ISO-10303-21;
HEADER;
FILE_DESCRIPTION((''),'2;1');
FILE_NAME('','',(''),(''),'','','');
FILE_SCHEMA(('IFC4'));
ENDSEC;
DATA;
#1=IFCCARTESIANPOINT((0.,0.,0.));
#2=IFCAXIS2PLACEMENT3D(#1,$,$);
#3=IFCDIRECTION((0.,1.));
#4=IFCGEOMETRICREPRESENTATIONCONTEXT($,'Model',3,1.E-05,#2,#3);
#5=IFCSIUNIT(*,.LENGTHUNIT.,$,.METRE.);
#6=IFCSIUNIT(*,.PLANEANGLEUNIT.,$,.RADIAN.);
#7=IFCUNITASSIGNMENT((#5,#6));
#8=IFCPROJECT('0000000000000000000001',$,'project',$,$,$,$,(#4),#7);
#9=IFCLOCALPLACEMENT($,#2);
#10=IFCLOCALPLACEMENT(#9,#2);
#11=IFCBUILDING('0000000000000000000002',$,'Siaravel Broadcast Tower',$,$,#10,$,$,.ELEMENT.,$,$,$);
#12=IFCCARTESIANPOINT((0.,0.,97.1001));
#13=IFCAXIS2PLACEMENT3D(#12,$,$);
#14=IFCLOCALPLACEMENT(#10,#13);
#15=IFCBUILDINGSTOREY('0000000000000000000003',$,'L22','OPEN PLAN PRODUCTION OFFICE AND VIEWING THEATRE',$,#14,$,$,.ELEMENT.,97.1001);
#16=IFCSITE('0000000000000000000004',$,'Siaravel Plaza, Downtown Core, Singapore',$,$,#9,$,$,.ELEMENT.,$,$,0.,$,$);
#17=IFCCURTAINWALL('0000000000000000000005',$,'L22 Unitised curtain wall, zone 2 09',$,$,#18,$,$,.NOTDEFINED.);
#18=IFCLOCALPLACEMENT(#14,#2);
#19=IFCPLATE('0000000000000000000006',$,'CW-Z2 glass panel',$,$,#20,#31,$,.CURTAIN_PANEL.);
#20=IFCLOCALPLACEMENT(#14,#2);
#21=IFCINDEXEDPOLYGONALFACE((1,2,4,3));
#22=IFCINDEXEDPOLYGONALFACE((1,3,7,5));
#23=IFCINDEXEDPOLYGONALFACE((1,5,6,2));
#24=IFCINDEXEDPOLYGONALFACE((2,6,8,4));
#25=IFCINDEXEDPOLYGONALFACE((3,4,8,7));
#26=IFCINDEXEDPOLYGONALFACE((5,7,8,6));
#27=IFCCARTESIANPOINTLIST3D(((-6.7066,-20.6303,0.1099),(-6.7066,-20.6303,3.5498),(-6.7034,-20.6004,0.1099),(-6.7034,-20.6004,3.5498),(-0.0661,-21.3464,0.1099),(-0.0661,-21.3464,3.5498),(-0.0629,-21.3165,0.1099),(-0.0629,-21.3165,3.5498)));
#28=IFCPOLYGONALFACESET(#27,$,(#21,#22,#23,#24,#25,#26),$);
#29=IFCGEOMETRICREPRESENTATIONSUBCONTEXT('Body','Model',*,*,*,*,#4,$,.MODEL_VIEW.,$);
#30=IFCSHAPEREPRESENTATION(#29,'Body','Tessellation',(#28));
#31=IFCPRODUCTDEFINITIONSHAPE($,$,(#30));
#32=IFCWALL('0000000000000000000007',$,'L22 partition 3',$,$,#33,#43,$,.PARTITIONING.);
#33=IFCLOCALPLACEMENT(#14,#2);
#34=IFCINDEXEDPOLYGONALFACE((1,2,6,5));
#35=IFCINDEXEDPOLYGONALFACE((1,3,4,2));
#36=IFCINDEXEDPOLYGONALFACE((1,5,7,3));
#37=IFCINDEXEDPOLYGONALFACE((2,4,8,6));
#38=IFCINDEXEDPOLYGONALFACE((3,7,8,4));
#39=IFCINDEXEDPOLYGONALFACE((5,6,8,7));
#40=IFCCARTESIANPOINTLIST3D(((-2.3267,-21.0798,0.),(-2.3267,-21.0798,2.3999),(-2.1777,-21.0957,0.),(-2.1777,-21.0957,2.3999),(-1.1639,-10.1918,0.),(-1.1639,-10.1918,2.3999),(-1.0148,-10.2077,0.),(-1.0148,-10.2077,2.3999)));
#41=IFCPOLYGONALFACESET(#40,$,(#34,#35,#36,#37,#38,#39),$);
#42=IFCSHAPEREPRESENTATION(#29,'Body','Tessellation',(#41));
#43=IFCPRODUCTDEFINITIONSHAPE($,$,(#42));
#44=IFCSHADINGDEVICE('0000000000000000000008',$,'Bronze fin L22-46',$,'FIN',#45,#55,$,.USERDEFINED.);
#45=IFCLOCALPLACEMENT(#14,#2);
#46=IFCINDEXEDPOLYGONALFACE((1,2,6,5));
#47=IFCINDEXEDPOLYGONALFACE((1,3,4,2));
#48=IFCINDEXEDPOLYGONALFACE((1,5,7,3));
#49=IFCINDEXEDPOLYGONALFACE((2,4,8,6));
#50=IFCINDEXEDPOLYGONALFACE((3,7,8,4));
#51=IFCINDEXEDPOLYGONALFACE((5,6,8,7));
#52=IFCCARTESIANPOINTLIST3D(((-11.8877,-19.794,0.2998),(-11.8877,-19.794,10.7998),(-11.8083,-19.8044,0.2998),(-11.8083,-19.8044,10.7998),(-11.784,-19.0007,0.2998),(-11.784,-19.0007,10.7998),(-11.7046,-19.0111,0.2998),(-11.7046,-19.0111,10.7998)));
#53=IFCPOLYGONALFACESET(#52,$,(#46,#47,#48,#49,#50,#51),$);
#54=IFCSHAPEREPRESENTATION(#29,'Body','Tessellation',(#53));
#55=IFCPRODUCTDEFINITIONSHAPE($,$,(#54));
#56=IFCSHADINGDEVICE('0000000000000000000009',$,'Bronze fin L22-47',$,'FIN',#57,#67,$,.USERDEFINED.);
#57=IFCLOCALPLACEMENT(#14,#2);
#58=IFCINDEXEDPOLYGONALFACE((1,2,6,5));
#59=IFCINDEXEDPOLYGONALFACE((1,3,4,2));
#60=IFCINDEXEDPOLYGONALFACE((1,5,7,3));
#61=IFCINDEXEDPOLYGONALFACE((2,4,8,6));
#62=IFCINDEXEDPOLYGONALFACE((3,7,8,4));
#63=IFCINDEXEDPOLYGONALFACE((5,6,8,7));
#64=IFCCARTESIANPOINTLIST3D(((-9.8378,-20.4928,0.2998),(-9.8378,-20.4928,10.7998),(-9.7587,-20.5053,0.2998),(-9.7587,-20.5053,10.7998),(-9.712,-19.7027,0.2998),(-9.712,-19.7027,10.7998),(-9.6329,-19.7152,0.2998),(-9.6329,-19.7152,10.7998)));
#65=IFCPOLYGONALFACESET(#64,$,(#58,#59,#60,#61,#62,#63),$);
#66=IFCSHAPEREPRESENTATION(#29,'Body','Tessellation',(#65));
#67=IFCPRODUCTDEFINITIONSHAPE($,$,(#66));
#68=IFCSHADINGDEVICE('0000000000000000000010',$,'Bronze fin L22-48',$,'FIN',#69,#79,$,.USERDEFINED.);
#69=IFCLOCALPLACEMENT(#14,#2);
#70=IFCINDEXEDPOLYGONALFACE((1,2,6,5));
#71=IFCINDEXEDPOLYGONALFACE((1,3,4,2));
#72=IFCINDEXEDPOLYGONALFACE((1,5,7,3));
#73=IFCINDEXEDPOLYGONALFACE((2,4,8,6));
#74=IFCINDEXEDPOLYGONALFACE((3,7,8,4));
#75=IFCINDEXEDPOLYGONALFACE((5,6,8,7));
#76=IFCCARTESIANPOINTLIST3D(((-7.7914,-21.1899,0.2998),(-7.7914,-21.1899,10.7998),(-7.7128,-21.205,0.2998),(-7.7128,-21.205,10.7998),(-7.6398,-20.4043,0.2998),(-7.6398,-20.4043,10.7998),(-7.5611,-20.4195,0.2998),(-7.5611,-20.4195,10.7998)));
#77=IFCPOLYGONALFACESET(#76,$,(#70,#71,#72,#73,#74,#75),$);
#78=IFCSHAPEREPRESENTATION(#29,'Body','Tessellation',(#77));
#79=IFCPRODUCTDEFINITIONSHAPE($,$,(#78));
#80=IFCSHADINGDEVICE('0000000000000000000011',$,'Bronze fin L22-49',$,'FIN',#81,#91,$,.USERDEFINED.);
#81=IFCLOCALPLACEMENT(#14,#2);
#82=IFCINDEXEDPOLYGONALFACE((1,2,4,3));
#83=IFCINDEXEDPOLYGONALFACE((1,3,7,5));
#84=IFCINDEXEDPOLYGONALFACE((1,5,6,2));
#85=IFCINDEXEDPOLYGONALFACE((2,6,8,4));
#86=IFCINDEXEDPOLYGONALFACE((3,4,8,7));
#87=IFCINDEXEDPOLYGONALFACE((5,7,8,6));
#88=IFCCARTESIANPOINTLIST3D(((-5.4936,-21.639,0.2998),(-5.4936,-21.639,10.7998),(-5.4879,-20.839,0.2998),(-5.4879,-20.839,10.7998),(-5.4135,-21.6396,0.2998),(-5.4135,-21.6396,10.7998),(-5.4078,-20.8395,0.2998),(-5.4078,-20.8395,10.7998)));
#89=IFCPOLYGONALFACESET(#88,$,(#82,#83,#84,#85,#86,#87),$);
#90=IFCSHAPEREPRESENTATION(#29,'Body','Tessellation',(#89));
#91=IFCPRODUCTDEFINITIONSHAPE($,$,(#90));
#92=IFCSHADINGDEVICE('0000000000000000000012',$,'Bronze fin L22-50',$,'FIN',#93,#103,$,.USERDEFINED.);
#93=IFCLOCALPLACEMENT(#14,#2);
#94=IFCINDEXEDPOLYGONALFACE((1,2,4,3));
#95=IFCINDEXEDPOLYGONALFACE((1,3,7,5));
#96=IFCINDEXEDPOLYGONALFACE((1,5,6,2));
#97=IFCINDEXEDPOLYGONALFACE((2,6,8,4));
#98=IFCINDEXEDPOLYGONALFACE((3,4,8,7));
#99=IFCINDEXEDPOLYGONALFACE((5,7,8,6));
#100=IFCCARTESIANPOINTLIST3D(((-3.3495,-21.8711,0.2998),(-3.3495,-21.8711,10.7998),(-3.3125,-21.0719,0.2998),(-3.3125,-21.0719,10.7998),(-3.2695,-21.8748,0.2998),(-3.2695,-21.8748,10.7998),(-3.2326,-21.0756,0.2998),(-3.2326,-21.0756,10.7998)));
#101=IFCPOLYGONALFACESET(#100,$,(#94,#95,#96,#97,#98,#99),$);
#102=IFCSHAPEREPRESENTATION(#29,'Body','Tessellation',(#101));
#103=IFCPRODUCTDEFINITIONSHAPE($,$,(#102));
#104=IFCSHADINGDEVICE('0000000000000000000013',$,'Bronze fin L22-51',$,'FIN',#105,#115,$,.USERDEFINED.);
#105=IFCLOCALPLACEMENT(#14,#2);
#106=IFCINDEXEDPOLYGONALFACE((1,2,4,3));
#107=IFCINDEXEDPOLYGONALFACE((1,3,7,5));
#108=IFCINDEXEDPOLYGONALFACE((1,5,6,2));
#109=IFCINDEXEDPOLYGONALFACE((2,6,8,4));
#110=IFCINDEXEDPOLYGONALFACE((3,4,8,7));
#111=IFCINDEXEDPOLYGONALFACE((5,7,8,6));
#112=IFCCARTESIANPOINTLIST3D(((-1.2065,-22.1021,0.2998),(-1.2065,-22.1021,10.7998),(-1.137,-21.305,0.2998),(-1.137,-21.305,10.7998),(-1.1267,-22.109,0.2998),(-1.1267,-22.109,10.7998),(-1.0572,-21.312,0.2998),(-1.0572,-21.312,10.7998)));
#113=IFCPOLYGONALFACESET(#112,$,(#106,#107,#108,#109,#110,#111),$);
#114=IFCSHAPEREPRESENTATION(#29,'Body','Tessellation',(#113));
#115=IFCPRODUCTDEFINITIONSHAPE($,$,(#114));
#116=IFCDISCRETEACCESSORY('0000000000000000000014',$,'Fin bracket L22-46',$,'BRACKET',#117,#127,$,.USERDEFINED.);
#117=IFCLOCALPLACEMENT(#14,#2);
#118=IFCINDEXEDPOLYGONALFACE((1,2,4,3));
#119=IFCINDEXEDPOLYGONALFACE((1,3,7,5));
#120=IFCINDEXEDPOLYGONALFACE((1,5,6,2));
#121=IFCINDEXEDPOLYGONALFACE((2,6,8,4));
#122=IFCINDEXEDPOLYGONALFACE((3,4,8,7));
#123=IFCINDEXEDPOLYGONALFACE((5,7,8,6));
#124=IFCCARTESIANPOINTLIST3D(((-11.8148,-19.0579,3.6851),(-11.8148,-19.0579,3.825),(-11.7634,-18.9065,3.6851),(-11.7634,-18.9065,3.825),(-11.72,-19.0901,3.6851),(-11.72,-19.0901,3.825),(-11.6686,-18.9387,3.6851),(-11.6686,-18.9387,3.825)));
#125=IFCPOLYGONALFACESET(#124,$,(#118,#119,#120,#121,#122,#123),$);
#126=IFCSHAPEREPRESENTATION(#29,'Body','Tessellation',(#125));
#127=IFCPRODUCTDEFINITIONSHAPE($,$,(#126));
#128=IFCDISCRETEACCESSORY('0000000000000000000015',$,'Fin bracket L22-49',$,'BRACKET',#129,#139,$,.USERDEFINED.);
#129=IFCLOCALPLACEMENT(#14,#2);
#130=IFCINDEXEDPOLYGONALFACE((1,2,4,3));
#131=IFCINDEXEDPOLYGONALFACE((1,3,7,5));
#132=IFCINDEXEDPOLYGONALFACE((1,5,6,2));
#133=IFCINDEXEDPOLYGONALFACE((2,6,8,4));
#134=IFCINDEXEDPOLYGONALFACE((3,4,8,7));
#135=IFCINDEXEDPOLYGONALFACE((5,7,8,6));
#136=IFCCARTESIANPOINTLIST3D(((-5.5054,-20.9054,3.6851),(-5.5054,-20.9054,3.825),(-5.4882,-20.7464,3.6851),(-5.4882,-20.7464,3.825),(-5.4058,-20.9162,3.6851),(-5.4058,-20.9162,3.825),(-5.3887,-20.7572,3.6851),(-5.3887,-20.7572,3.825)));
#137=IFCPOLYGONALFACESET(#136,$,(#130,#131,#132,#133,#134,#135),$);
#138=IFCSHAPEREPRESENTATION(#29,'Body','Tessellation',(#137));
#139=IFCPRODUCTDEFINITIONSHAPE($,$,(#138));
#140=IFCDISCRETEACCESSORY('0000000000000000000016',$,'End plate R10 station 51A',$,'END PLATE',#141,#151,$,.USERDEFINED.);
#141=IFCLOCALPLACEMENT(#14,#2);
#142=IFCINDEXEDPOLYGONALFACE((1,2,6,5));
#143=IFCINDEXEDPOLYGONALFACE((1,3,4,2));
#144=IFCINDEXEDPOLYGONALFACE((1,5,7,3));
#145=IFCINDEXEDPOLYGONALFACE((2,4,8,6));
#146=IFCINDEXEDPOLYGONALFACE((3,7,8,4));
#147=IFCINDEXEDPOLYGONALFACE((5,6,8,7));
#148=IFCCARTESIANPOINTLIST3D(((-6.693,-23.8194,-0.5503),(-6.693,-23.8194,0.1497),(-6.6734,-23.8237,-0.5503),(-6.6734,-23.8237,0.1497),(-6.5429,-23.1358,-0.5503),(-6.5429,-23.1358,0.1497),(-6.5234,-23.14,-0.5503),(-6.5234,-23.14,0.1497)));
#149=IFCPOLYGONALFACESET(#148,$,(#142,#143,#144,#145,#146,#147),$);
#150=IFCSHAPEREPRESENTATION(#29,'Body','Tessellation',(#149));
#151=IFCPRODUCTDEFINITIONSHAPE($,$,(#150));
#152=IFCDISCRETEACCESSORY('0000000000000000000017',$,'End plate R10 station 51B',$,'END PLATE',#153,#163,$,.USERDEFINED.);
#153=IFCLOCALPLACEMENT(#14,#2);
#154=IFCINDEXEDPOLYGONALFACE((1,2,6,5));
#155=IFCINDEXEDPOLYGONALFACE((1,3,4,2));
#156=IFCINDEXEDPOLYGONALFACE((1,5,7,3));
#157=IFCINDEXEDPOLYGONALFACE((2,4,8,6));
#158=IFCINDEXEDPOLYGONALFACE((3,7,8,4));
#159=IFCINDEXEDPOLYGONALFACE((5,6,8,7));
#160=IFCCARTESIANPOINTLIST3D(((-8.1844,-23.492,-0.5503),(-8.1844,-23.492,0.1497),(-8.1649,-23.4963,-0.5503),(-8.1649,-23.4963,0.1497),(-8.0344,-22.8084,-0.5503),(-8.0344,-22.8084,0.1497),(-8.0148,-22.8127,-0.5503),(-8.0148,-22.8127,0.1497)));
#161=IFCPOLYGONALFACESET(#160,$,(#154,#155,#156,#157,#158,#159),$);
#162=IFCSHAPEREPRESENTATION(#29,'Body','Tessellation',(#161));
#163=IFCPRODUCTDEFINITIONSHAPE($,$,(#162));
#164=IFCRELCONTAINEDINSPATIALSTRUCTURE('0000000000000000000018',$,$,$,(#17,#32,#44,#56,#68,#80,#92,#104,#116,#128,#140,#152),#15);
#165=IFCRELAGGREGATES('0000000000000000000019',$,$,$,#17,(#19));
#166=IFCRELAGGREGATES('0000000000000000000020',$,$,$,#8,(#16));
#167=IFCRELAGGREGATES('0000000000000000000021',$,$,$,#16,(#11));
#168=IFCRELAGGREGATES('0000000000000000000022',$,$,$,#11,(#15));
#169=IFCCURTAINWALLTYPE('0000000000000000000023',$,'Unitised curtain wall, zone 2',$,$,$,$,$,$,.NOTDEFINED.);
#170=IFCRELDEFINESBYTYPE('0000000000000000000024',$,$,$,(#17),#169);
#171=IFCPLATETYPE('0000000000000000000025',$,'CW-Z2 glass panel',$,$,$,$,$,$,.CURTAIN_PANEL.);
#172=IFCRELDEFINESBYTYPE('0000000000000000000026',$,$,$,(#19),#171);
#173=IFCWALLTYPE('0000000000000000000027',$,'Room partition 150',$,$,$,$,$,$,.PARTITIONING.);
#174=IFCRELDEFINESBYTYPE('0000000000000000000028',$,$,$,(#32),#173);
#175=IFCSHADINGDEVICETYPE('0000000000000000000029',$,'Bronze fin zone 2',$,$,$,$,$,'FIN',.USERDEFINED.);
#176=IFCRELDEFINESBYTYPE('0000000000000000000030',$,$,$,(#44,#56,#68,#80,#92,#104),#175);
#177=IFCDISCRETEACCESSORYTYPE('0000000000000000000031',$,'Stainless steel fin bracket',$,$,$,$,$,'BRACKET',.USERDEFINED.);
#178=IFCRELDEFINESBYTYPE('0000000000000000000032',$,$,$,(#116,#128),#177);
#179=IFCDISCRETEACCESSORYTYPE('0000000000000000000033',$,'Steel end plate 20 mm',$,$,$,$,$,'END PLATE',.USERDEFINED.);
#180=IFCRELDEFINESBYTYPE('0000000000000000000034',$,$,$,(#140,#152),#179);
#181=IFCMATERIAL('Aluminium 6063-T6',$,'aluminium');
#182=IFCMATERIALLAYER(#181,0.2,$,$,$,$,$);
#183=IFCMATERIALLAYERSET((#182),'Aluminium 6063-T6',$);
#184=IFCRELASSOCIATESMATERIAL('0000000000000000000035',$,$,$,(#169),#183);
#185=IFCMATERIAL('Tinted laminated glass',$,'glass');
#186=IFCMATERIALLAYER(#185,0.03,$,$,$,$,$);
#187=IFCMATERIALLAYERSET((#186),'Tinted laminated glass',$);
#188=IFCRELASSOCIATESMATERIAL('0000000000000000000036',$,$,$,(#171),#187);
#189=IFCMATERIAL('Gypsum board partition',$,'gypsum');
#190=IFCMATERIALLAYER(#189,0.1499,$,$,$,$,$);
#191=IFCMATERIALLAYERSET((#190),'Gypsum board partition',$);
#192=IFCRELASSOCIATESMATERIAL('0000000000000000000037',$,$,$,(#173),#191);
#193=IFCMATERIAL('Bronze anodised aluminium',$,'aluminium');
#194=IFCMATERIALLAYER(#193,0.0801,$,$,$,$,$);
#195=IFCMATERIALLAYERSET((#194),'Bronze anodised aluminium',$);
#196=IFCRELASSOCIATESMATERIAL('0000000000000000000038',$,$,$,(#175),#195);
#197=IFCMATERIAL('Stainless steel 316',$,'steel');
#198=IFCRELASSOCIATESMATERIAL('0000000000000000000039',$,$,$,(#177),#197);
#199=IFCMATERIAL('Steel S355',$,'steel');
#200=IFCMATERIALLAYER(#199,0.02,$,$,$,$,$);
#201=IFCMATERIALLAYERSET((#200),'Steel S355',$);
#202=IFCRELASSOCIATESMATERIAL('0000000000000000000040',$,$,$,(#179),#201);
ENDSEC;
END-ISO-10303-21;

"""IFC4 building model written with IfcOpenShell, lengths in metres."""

from ifc_helpers import new_model, si_unit, direction, frame, frame_2d, origin, origin_2d, place, context, subcontext, project, spatial, rectangle, extrude, material, layer, layer_set, type_object, element, aggregate, save


model = new_model("IFC4")

# Units and contexts
model_context = context("Model", 3, precision=1e-05, world=origin(), true_north=direction((0.0, 1.0)))
body_context = subcontext(model_context, "Body", "Model", "MODEL_VIEW")
ifc_project = project(units=[si_unit("LENGTHUNIT", "METRE"), si_unit("PLANEANGLEUNIT", "RADIAN")], contexts=[model_context])

# Site, building, storey
site_placement = place(None, origin())
site = spatial("IfcSite", under=ifc_project, at=site_placement, Name="Siaravel Plaza, Downtown Core, Singapore", CompositionType="ELEMENT", RefElevation=0.0)
building_placement = place(site_placement, origin())
building = spatial("IfcBuilding", under=site, at=building_placement, Name="Siaravel Broadcast Tower", CompositionType="ELEMENT")
storey_placement = place(building_placement, frame((0.0, 0.0, 97.1001)))
storey = spatial("IfcBuildingStorey", under=building, at=storey_placement, Name="L22", Description="OPEN PLAN PRODUCTION OFFICE AND VIEWING THEATRE", CompositionType="ELEMENT", Elevation=97.1001)

# Shared definitions
ifc_material_1 = material(Name="Steel S355", Category="steel")

# Curtain wall
ifc_material_2 = material(Name="Aluminium 6063-T6", Category="aluminium")
ifc_layer_1 = layer(ifc_material_2, 0.2)
ifc_layer_set_1 = layer_set([ifc_layer_1], Name="Aluminium 6063-T6")
curtain_wall_type = type_object("IfcCurtainWallType", Name="Unitised curtain wall, zone 2", PredefinedType="NOTDEFINED", material=ifc_layer_set_1)
curtain_wall_placement = place(storey_placement, origin())
curtain_wall = element("IfcCurtainWall", 1, at=curtain_wall_placement, inside=storey, type_object=curtain_wall_type, Name="L22 Unitised curtain wall, zone 2 09", PredefinedType="NOTDEFINED")

# Plate
ifc_material_3 = material(Name="Tinted laminated glass", Category="glass")
ifc_layer_2 = layer(ifc_material_3, 0.03)
ifc_layer_set_2 = layer_set([ifc_layer_2], Name="Tinted laminated glass")
plate_type = type_object("IfcPlateType", Name="CW-Z2 glass panel", PredefinedType="CURTAIN_PANEL", material=ifc_layer_set_2)
plate_1_placement = place(storey_placement, frame((-3.3848, -20.9734, 0.1099), z_axis=(0.0, 0.0, 1.0), x_axis=(0.994236, -0.107217, 0.0)))
plate_1 = element("IfcPlate", 2, at=plate_1_placement, type_object=plate_type, Name="CW-Z2 glass panel", PredefinedType="CURTAIN_PANEL", context=body_context, shape_type="SweptSolid", body=[
    extrude(rectangle(XDim=6.679, YDim=0.03, at=origin_2d()), origin(), (0.0, 0.0, 1.0), 3.4399),
])
aggregate(curtain_wall, [plate_1])

# Wall
ifc_material_4 = material(Name="Gypsum board partition", Category="gypsum")
ifc_layer_3 = layer(ifc_material_4, 0.1499)
ifc_layer_set_3 = layer_set([ifc_layer_3], Name="Gypsum board partition")
wall_type = type_object("IfcWallType", Name="Room partition 150", PredefinedType="PARTITIONING", material=ifc_layer_set_3)
wall_placement = place(storey_placement, frame((-2.2522, -21.0879, 0.0), z_axis=(0.0, 0.0, 1.0), x_axis=(0.106197, 0.994345, 0.0)))
element("IfcWall", 3, at=wall_placement, inside=storey, type_object=wall_type, Name="L22 partition 3", PredefinedType="PARTITIONING", context=body_context, shape_type="SweptSolid", body=[
    extrude(rectangle(XDim=10.95, YDim=0.1499, at=frame_2d((5.4751, 0.0))), origin(), (0.0, 0.0, 1.0), 2.3999),
])

# Shading devices
ifc_material_5 = material(Name="Bronze anodised aluminium", Category="aluminium")
ifc_layer_4 = layer(ifc_material_5, 0.0801)
ifc_layer_set_4 = layer_set([ifc_layer_4], Name="Bronze anodised aluminium")
shading_device_type = type_object("IfcShadingDeviceType", Name="Bronze fin zone 2", ElementType="FIN", PredefinedType="USERDEFINED", material=ifc_layer_set_4)
for number, where, z_axis, x_axis, name in (
    (4, (-11.7961, -19.4026, 0.2998), (0.0, 0.0, 1.0), (-0.129597, -0.991567, 0.0), "Bronze fin L22-46"),
    (5, (-9.7354, -20.104, 0.2998), (0.0, 0.0, 1.0), (-0.157167, -0.987572, 0.0), "Bronze fin L22-47"),
    (6, (-7.6763, -20.8047, 0.2998), (0.0, 0.0, 1.0), (-0.189543, -0.981872, 0.0), "Bronze fin L22-48"),
    (7, (-5.4507, -21.2393, 0.2998), (0.0, 0.0, 1.0), (-0.00714, -0.999975, 0.0), "Bronze fin L22-49"),
    (8, (-3.291, -21.4734, 0.2998), (0.0, 0.0, 1.0), (-0.046162, -0.998934, 0.0), "Bronze fin L22-50"),
    (9, (-1.1318, -21.707, 0.2998), (0.0, 0.0, 1.0), (-0.086834, -0.996223, 0.0), "Bronze fin L22-51"),
):
    element("IfcShadingDevice", number, at=place(storey_placement, frame(where, z_axis=z_axis, x_axis=x_axis)), inside=storey, type_object=shading_device_type, Name=name, ObjectType="FIN", PredefinedType="USERDEFINED", context=body_context, shape_type="SweptSolid", body=[
        extrude(rectangle(XDim=0.8, YDim=0.0801, at=origin_2d()), origin(), (0.0, 0.0, 1.0), 10.5),
    ])

# Discrete accessories
ifc_material_6 = material(Name="Stainless steel 316", Category="steel")
discrete_accessory_type_1 = type_object("IfcDiscreteAccessoryType", Name="Stainless steel fin bracket", ElementType="BRACKET", PredefinedType="USERDEFINED", material=ifc_material_6)
for number, where, z_axis, x_axis, name in (
    (10, (-11.7417, -18.9983, 3.6851), (0.0, 0.0, 1.0), (-0.321301, -0.946977, 0.0), "Fin bracket L22-46"),
    (11, (-5.447, -20.8313, 3.6851), (0.0, 0.0, 1.0), (-0.107217, -0.994236, 0.0), "Fin bracket L22-49"),
):
    element("IfcDiscreteAccessory", number, at=place(storey_placement, frame(where, z_axis=z_axis, x_axis=x_axis)), inside=storey, type_object=discrete_accessory_type_1, Name=name, ObjectType="BRACKET", PredefinedType="USERDEFINED", context=body_context, shape_type="SweptSolid", body=[
        extrude(rectangle(XDim=0.1599, YDim=0.1001, at=origin_2d()), origin(), (0.0, 0.0, 1.0), 0.1399),
    ])
ifc_layer_5 = layer(ifc_material_1, 0.02)
ifc_layer_set_5 = layer_set([ifc_layer_5], Name="Steel S355")
discrete_accessory_type_2 = type_object("IfcDiscreteAccessoryType", Name="Steel end plate 20 mm", ElementType="END PLATE", PredefinedType="USERDEFINED", material=ifc_layer_set_5)
for number, where, z_axis, x_axis, name in (
    (12, (-6.6082, -23.4797, -0.5503), (0.0, 0.0, 1.0), (0.976751, -0.214377, 0.0), "End plate R10 station 51A"),
    (13, (-8.0996, -23.1523, -0.5503), (0.0, 0.0, 1.0), (0.976751, -0.214377, 0.0), "End plate R10 station 51B"),
):
    element("IfcDiscreteAccessory", number, at=place(storey_placement, frame(where, z_axis=z_axis, x_axis=x_axis)), inside=storey, type_object=discrete_accessory_type_2, Name=name, ObjectType="END PLATE", PredefinedType="USERDEFINED", context=body_context, shape_type="SweptSolid", body=[
        extrude(rectangle(XDim=0.02, YDim=0.7, at=origin_2d()), origin(), (0.0, 0.0, 1.0), 0.7),
    ])

save(model, "model.ifc")
